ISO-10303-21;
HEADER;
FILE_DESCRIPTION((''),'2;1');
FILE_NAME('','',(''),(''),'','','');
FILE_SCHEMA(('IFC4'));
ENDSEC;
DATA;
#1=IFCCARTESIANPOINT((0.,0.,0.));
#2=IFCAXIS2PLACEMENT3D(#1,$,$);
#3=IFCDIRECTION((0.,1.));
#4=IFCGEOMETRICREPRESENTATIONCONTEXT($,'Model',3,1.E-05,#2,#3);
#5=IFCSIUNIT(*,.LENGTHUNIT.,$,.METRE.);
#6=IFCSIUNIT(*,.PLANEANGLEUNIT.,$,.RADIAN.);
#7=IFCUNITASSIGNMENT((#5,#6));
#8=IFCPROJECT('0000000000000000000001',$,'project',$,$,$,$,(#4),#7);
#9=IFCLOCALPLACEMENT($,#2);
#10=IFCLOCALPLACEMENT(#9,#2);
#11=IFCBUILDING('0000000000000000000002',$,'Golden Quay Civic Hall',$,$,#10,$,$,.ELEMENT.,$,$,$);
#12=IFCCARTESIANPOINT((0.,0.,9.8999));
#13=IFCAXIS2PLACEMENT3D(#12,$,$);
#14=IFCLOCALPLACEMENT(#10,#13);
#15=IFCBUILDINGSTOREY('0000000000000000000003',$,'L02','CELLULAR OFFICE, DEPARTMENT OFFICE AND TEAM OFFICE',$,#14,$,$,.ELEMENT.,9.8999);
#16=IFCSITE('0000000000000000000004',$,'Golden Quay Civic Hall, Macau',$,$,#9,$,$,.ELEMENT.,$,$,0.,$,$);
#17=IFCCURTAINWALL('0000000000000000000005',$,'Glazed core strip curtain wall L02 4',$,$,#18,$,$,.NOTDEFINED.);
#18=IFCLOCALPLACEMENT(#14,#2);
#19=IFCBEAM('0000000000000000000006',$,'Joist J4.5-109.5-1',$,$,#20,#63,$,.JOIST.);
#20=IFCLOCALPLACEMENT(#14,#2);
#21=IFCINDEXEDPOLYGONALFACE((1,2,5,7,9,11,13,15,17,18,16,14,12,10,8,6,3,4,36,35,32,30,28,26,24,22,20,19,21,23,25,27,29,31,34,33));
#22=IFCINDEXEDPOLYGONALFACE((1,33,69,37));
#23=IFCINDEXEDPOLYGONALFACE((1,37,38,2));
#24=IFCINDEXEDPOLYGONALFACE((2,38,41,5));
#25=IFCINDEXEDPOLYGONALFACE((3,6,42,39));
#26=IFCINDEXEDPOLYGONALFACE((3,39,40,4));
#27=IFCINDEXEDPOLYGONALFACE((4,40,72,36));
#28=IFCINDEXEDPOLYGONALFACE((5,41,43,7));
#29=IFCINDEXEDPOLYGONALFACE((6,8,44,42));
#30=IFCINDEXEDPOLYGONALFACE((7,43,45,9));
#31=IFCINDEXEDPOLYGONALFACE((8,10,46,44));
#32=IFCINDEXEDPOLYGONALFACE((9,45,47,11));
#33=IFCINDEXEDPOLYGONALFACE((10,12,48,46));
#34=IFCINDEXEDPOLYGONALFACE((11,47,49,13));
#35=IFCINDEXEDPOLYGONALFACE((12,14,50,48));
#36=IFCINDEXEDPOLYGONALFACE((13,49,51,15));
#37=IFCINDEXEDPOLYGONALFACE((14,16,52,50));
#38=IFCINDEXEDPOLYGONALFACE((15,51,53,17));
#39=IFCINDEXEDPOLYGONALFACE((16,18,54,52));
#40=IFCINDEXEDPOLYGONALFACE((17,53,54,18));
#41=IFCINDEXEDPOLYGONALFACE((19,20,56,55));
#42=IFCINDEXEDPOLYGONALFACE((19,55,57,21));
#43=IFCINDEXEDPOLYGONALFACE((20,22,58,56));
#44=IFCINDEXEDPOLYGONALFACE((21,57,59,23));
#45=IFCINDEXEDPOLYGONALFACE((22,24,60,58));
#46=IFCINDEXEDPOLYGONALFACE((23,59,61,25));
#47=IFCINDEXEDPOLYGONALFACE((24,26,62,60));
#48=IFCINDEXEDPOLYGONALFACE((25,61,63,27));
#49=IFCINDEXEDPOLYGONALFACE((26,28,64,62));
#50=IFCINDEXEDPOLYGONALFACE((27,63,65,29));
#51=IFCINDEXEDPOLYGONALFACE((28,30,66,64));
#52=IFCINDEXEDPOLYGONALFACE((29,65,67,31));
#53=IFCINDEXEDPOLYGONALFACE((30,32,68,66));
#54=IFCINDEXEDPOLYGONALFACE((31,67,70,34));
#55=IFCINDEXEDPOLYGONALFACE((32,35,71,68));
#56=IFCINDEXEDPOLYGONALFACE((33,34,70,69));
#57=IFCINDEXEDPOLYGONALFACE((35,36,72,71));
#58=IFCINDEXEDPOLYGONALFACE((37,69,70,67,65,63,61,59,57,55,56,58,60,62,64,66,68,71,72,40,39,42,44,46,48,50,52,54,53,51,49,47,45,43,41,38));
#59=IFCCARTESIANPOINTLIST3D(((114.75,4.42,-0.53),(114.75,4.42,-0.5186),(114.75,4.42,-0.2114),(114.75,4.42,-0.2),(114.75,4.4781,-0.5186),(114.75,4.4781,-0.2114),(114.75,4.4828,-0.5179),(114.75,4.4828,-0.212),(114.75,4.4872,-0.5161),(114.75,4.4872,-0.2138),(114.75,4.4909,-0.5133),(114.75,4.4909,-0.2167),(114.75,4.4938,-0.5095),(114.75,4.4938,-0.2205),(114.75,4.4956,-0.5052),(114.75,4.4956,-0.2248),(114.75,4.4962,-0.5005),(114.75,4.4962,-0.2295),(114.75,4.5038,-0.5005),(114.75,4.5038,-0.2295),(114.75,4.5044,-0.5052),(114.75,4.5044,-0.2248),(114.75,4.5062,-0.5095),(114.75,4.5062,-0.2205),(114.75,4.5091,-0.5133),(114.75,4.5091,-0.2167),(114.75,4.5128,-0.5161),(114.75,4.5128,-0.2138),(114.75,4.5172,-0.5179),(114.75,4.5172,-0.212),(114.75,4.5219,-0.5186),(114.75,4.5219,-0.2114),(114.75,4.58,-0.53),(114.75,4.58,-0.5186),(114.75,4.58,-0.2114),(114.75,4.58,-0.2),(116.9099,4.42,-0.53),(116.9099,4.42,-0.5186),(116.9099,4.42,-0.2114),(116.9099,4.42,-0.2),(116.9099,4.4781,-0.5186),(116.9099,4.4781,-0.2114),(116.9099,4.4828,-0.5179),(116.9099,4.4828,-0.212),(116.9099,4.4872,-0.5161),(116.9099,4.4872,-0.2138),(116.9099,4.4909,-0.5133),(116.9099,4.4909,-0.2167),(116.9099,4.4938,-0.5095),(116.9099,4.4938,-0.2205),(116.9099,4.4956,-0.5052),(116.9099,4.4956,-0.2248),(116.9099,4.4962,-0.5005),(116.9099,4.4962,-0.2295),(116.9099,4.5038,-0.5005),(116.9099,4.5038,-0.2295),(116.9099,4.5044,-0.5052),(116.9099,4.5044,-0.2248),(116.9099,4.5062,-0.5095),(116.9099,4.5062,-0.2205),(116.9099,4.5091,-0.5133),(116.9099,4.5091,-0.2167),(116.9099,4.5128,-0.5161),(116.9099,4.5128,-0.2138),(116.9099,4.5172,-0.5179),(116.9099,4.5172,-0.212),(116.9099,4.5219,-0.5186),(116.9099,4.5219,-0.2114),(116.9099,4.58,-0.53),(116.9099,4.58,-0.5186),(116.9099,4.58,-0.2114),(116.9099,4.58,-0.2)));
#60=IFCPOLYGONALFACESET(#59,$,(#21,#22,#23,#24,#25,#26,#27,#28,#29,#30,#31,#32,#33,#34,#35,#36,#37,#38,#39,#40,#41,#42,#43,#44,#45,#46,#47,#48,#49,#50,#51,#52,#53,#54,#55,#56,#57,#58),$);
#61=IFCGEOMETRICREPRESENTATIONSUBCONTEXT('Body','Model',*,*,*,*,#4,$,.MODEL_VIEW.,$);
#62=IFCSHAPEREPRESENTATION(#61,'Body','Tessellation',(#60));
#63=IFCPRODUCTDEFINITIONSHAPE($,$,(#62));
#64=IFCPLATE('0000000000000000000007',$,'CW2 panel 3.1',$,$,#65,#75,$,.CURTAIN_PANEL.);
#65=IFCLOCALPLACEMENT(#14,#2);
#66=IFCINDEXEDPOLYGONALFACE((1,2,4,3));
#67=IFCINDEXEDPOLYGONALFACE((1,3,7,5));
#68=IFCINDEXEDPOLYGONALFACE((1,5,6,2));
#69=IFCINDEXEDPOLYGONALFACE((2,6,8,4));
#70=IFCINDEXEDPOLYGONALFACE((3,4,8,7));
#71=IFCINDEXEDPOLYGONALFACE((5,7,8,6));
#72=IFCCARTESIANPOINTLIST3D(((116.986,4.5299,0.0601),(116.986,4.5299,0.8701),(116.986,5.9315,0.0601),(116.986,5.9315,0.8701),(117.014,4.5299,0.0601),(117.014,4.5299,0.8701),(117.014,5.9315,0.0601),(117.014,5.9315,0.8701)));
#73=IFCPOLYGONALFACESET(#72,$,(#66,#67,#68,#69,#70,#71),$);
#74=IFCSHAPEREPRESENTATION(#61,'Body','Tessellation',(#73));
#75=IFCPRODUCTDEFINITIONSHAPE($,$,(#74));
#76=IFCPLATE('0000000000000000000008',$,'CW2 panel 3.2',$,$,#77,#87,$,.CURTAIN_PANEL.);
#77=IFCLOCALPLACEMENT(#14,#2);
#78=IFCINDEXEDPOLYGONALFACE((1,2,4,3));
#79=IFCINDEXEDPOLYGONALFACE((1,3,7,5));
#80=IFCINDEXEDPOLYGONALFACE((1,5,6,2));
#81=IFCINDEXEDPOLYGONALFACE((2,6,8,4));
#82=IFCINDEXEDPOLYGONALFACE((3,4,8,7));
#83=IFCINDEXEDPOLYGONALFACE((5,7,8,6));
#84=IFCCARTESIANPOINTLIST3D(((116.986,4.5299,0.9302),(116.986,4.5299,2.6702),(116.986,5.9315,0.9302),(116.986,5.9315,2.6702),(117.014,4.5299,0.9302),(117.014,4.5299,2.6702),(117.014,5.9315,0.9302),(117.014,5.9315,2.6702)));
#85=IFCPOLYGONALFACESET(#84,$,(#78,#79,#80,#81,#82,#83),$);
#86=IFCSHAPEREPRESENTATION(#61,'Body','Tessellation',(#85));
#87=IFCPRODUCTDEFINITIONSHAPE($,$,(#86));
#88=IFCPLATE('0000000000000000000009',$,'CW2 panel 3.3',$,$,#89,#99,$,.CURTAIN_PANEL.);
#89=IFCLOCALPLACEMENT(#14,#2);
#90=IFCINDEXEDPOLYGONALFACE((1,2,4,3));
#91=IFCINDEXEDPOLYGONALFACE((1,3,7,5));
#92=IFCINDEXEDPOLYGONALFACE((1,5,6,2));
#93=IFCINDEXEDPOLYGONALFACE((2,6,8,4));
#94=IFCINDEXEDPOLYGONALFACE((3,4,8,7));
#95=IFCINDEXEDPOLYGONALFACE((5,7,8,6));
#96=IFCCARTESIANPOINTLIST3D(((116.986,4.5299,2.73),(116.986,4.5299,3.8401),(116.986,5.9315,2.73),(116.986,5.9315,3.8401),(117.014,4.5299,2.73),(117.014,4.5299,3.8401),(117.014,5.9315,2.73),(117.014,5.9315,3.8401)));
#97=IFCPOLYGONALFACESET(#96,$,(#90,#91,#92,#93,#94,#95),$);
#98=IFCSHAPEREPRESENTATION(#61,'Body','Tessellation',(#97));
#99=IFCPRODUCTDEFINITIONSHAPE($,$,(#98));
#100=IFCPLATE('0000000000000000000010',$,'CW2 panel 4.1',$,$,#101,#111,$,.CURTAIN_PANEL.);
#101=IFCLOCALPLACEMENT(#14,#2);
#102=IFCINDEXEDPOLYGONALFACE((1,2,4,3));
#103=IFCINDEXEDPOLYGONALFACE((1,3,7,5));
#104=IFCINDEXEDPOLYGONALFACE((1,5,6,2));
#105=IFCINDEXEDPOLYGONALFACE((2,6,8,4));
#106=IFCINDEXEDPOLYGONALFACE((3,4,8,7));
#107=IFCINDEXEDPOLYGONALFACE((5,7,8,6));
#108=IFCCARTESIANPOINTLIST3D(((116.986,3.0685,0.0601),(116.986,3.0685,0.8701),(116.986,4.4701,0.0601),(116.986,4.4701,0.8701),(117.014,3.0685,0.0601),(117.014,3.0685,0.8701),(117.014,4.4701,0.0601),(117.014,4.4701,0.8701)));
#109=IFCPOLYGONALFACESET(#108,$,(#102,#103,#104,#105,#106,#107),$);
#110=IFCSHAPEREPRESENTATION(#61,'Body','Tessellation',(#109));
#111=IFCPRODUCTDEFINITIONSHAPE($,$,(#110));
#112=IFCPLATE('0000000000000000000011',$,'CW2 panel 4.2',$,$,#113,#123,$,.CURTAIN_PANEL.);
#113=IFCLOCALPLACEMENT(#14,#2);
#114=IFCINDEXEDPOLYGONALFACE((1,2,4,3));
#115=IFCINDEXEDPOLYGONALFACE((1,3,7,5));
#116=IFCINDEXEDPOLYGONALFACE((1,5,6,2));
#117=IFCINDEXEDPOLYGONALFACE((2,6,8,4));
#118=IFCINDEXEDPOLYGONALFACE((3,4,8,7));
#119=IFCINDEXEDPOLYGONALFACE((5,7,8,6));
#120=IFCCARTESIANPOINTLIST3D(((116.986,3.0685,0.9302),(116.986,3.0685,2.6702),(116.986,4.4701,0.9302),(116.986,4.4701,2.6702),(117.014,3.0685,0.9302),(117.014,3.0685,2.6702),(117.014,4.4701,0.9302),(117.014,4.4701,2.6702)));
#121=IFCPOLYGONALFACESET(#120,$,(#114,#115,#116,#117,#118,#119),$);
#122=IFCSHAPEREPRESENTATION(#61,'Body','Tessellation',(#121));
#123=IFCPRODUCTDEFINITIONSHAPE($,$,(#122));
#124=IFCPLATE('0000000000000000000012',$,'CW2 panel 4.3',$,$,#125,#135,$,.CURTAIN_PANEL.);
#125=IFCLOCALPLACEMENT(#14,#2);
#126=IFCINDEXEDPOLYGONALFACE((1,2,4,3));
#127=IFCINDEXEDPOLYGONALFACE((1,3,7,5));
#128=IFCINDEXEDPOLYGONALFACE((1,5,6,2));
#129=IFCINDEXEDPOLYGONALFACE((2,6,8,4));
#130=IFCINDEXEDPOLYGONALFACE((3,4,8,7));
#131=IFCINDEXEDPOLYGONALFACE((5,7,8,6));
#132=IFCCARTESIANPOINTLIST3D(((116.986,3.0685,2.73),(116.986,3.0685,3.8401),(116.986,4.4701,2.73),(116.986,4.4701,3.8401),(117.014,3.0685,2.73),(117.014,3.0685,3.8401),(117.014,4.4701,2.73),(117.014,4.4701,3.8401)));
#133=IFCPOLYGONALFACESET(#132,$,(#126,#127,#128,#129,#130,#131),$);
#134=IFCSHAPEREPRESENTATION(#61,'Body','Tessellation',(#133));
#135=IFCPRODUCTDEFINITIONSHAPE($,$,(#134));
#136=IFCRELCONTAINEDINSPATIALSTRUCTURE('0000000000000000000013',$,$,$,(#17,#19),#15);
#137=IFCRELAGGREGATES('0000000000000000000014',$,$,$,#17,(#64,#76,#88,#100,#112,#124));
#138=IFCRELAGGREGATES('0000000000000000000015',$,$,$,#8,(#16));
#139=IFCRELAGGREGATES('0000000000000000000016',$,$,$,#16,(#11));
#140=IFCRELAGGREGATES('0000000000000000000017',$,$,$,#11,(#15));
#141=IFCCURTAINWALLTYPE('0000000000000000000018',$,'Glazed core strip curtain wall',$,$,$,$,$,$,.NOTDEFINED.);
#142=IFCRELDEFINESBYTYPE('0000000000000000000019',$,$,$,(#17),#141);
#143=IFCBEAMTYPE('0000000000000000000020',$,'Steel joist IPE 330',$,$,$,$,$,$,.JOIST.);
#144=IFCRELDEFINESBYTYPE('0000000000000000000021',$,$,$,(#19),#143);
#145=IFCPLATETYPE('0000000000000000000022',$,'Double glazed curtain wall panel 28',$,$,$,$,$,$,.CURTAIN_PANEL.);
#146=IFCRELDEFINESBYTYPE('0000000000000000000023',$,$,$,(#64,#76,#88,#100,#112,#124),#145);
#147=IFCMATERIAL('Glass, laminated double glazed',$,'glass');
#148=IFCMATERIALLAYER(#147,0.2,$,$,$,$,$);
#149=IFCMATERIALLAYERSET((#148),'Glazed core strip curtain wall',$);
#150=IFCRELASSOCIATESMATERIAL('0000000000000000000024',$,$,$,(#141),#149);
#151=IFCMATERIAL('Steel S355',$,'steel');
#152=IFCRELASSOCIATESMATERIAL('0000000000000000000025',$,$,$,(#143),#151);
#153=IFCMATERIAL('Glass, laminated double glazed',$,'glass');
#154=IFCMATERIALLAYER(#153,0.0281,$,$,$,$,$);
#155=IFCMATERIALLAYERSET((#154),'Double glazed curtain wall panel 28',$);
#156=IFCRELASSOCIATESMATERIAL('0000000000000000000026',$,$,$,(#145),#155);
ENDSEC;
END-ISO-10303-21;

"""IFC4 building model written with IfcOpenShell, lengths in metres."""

from ifc_helpers import new_model, si_unit, direction, frame, origin, origin_2d, place, context, subcontext, project, spatial, rectangle, i_section, extrude, material, layer, layer_set, material_profile, profile_set, type_object, element, aggregate, save


model = new_model("IFC4")

# Units and contexts
model_context = context("Model", 3, precision=1e-05, world=origin(), true_north=direction((0.0, 1.0)))
body_context = subcontext(model_context, "Body", "Model", "MODEL_VIEW")
ifc_project = project(units=[si_unit("LENGTHUNIT", "METRE"), si_unit("PLANEANGLEUNIT", "RADIAN")], contexts=[model_context])

# Site, building, storey
site_placement = place(None, origin())
site = spatial("IfcSite", under=ifc_project, at=site_placement, Name="Golden Quay Civic Hall, Macau", CompositionType="ELEMENT", RefElevation=0.0)
building_placement = place(site_placement, origin())
building = spatial("IfcBuilding", under=site, at=building_placement, Name="Golden Quay Civic Hall", CompositionType="ELEMENT")
storey_placement = place(building_placement, frame((0.0, 0.0, 9.8999)))
storey = spatial("IfcBuildingStorey", under=building, at=storey_placement, Name="L02", Description="CELLULAR OFFICE, DEPARTMENT OFFICE AND TEAM OFFICE", CompositionType="ELEMENT", Elevation=9.8999)

# Curtain wall
ifc_material_1 = material(Name="Glass, laminated double glazed", Category="glass")
ifc_layer_1 = layer(ifc_material_1, 0.2)
ifc_layer_set_1 = layer_set([ifc_layer_1], Name="Glazed core strip curtain wall")
curtain_wall_type = type_object("IfcCurtainWallType", Name="Glazed core strip curtain wall", PredefinedType="NOTDEFINED", material=ifc_layer_set_1)
curtain_wall_placement = place(storey_placement, origin())
curtain_wall = element("IfcCurtainWall", 1, at=curtain_wall_placement, inside=storey, type_object=curtain_wall_type, Name="Glazed core strip curtain wall L02 4", PredefinedType="NOTDEFINED")

# Beam
ifc_material_2 = material(Name="Steel S355", Category="steel")
ifc_material_profile_1 = material_profile(ifc_material_2, i_section(OverallWidth=0.1599, OverallDepth=0.3301, WebThickness=0.0076, FlangeThickness=0.0115, FilletRadius=0.0181, at=origin_2d()), Name="IPE 330")
ifc_profile_set_1 = profile_set([ifc_material_profile_1], Name="Steel S355")
beam_type = type_object("IfcBeamType", Name="Steel joist IPE 330", PredefinedType="JOIST", material=ifc_profile_set_1)
beam_placement = place(storey_placement, frame((114.75, 4.5, -0.365), z_axis=(1.0, 0.0, 0.0), x_axis=(0.0, 1.0, 0.0)))
element("IfcBeam", 2, at=beam_placement, inside=storey, type_object=beam_type, Name="Joist J4.5-109.5-1", PredefinedType="JOIST", context=body_context, shape_type="SweptSolid", body=[
    extrude(i_section(OverallWidth=0.1599, OverallDepth=0.3301, WebThickness=0.0076, FlangeThickness=0.0115, FilletRadius=0.0181, at=origin_2d()), origin(), (0.0, 0.0, 1.0), 2.1599),
])

# Plates
ifc_material_3 = material(Name="Glass, laminated double glazed", Category="glass")
ifc_layer_2 = layer(ifc_material_3, 0.0281)
ifc_layer_set_2 = layer_set([ifc_layer_2], Name="Double glazed curtain wall panel 28")
plate_type = type_object("IfcPlateType", Name="Double glazed curtain wall panel 28", PredefinedType="CURTAIN_PANEL", material=ifc_layer_set_2)
plate_1_placement = place(storey_placement, frame((117.0, 5.2307, 0.0601), z_axis=(0.0, 0.0, 1.0), x_axis=(0.0, -1.0, 0.0)))
plate_1 = element("IfcPlate", 3, at=plate_1_placement, type_object=plate_type, Name="CW2 panel 3.1", PredefinedType="CURTAIN_PANEL", context=body_context, shape_type="SweptSolid", body=[
    extrude(rectangle(XDim=1.4016, YDim=0.0281, at=origin_2d()), origin(), (0.0, 0.0, 1.0), 0.8101),
])
plate_2_placement = place(storey_placement, frame((117.0, 5.2307, 0.9302), z_axis=(0.0, 0.0, 1.0), x_axis=(0.0, -1.0, 0.0)))
plate_2 = element("IfcPlate", 4, at=plate_2_placement, type_object=plate_type, Name="CW2 panel 3.2", PredefinedType="CURTAIN_PANEL", context=body_context, shape_type="SweptSolid", body=[
    extrude(rectangle(XDim=1.4016, YDim=0.0281, at=origin_2d()), origin(), (0.0, 0.0, 1.0), 1.74),
])
plate_3_placement = place(storey_placement, frame((117.0, 5.2307, 2.73), z_axis=(0.0, 0.0, 1.0), x_axis=(0.0, -1.0, 0.0)))
plate_3 = element("IfcPlate", 5, at=plate_3_placement, type_object=plate_type, Name="CW2 panel 3.3", PredefinedType="CURTAIN_PANEL", context=body_context, shape_type="SweptSolid", body=[
    extrude(rectangle(XDim=1.4016, YDim=0.0281, at=origin_2d()), origin(), (0.0, 0.0, 1.0), 1.1101),
])
plate_4_placement = place(storey_placement, frame((117.0, 3.7693, 0.0601), z_axis=(0.0, 0.0, 1.0), x_axis=(0.0, -1.0, 0.0)))
plate_4 = element("IfcPlate", 6, at=plate_4_placement, type_object=plate_type, Name="CW2 panel 4.1", PredefinedType="CURTAIN_PANEL", context=body_context, shape_type="SweptSolid", body=[
    extrude(rectangle(XDim=1.4016, YDim=0.0281, at=origin_2d()), origin(), (0.0, 0.0, 1.0), 0.8101),
])
plate_5_placement = place(storey_placement, frame((117.0, 3.7693, 0.9302), z_axis=(0.0, 0.0, 1.0), x_axis=(0.0, -1.0, 0.0)))
plate_5 = element("IfcPlate", 7, at=plate_5_placement, type_object=plate_type, Name="CW2 panel 4.2", PredefinedType="CURTAIN_PANEL", context=body_context, shape_type="SweptSolid", body=[
    extrude(rectangle(XDim=1.4016, YDim=0.0281, at=origin_2d()), origin(), (0.0, 0.0, 1.0), 1.74),
])
plate_6_placement = place(storey_placement, frame((117.0, 3.7693, 2.73), z_axis=(0.0, 0.0, 1.0), x_axis=(0.0, -1.0, 0.0)))
plate_6 = element("IfcPlate", 8, at=plate_6_placement, type_object=plate_type, Name="CW2 panel 4.3", PredefinedType="CURTAIN_PANEL", context=body_context, shape_type="SweptSolid", body=[
    extrude(rectangle(XDim=1.4016, YDim=0.0281, at=origin_2d()), origin(), (0.0, 0.0, 1.0), 1.1101),
])
aggregate(curtain_wall, [plate_1, plate_2, plate_3, plate_4, plate_5, plate_6])

save(model, "model.ifc")
